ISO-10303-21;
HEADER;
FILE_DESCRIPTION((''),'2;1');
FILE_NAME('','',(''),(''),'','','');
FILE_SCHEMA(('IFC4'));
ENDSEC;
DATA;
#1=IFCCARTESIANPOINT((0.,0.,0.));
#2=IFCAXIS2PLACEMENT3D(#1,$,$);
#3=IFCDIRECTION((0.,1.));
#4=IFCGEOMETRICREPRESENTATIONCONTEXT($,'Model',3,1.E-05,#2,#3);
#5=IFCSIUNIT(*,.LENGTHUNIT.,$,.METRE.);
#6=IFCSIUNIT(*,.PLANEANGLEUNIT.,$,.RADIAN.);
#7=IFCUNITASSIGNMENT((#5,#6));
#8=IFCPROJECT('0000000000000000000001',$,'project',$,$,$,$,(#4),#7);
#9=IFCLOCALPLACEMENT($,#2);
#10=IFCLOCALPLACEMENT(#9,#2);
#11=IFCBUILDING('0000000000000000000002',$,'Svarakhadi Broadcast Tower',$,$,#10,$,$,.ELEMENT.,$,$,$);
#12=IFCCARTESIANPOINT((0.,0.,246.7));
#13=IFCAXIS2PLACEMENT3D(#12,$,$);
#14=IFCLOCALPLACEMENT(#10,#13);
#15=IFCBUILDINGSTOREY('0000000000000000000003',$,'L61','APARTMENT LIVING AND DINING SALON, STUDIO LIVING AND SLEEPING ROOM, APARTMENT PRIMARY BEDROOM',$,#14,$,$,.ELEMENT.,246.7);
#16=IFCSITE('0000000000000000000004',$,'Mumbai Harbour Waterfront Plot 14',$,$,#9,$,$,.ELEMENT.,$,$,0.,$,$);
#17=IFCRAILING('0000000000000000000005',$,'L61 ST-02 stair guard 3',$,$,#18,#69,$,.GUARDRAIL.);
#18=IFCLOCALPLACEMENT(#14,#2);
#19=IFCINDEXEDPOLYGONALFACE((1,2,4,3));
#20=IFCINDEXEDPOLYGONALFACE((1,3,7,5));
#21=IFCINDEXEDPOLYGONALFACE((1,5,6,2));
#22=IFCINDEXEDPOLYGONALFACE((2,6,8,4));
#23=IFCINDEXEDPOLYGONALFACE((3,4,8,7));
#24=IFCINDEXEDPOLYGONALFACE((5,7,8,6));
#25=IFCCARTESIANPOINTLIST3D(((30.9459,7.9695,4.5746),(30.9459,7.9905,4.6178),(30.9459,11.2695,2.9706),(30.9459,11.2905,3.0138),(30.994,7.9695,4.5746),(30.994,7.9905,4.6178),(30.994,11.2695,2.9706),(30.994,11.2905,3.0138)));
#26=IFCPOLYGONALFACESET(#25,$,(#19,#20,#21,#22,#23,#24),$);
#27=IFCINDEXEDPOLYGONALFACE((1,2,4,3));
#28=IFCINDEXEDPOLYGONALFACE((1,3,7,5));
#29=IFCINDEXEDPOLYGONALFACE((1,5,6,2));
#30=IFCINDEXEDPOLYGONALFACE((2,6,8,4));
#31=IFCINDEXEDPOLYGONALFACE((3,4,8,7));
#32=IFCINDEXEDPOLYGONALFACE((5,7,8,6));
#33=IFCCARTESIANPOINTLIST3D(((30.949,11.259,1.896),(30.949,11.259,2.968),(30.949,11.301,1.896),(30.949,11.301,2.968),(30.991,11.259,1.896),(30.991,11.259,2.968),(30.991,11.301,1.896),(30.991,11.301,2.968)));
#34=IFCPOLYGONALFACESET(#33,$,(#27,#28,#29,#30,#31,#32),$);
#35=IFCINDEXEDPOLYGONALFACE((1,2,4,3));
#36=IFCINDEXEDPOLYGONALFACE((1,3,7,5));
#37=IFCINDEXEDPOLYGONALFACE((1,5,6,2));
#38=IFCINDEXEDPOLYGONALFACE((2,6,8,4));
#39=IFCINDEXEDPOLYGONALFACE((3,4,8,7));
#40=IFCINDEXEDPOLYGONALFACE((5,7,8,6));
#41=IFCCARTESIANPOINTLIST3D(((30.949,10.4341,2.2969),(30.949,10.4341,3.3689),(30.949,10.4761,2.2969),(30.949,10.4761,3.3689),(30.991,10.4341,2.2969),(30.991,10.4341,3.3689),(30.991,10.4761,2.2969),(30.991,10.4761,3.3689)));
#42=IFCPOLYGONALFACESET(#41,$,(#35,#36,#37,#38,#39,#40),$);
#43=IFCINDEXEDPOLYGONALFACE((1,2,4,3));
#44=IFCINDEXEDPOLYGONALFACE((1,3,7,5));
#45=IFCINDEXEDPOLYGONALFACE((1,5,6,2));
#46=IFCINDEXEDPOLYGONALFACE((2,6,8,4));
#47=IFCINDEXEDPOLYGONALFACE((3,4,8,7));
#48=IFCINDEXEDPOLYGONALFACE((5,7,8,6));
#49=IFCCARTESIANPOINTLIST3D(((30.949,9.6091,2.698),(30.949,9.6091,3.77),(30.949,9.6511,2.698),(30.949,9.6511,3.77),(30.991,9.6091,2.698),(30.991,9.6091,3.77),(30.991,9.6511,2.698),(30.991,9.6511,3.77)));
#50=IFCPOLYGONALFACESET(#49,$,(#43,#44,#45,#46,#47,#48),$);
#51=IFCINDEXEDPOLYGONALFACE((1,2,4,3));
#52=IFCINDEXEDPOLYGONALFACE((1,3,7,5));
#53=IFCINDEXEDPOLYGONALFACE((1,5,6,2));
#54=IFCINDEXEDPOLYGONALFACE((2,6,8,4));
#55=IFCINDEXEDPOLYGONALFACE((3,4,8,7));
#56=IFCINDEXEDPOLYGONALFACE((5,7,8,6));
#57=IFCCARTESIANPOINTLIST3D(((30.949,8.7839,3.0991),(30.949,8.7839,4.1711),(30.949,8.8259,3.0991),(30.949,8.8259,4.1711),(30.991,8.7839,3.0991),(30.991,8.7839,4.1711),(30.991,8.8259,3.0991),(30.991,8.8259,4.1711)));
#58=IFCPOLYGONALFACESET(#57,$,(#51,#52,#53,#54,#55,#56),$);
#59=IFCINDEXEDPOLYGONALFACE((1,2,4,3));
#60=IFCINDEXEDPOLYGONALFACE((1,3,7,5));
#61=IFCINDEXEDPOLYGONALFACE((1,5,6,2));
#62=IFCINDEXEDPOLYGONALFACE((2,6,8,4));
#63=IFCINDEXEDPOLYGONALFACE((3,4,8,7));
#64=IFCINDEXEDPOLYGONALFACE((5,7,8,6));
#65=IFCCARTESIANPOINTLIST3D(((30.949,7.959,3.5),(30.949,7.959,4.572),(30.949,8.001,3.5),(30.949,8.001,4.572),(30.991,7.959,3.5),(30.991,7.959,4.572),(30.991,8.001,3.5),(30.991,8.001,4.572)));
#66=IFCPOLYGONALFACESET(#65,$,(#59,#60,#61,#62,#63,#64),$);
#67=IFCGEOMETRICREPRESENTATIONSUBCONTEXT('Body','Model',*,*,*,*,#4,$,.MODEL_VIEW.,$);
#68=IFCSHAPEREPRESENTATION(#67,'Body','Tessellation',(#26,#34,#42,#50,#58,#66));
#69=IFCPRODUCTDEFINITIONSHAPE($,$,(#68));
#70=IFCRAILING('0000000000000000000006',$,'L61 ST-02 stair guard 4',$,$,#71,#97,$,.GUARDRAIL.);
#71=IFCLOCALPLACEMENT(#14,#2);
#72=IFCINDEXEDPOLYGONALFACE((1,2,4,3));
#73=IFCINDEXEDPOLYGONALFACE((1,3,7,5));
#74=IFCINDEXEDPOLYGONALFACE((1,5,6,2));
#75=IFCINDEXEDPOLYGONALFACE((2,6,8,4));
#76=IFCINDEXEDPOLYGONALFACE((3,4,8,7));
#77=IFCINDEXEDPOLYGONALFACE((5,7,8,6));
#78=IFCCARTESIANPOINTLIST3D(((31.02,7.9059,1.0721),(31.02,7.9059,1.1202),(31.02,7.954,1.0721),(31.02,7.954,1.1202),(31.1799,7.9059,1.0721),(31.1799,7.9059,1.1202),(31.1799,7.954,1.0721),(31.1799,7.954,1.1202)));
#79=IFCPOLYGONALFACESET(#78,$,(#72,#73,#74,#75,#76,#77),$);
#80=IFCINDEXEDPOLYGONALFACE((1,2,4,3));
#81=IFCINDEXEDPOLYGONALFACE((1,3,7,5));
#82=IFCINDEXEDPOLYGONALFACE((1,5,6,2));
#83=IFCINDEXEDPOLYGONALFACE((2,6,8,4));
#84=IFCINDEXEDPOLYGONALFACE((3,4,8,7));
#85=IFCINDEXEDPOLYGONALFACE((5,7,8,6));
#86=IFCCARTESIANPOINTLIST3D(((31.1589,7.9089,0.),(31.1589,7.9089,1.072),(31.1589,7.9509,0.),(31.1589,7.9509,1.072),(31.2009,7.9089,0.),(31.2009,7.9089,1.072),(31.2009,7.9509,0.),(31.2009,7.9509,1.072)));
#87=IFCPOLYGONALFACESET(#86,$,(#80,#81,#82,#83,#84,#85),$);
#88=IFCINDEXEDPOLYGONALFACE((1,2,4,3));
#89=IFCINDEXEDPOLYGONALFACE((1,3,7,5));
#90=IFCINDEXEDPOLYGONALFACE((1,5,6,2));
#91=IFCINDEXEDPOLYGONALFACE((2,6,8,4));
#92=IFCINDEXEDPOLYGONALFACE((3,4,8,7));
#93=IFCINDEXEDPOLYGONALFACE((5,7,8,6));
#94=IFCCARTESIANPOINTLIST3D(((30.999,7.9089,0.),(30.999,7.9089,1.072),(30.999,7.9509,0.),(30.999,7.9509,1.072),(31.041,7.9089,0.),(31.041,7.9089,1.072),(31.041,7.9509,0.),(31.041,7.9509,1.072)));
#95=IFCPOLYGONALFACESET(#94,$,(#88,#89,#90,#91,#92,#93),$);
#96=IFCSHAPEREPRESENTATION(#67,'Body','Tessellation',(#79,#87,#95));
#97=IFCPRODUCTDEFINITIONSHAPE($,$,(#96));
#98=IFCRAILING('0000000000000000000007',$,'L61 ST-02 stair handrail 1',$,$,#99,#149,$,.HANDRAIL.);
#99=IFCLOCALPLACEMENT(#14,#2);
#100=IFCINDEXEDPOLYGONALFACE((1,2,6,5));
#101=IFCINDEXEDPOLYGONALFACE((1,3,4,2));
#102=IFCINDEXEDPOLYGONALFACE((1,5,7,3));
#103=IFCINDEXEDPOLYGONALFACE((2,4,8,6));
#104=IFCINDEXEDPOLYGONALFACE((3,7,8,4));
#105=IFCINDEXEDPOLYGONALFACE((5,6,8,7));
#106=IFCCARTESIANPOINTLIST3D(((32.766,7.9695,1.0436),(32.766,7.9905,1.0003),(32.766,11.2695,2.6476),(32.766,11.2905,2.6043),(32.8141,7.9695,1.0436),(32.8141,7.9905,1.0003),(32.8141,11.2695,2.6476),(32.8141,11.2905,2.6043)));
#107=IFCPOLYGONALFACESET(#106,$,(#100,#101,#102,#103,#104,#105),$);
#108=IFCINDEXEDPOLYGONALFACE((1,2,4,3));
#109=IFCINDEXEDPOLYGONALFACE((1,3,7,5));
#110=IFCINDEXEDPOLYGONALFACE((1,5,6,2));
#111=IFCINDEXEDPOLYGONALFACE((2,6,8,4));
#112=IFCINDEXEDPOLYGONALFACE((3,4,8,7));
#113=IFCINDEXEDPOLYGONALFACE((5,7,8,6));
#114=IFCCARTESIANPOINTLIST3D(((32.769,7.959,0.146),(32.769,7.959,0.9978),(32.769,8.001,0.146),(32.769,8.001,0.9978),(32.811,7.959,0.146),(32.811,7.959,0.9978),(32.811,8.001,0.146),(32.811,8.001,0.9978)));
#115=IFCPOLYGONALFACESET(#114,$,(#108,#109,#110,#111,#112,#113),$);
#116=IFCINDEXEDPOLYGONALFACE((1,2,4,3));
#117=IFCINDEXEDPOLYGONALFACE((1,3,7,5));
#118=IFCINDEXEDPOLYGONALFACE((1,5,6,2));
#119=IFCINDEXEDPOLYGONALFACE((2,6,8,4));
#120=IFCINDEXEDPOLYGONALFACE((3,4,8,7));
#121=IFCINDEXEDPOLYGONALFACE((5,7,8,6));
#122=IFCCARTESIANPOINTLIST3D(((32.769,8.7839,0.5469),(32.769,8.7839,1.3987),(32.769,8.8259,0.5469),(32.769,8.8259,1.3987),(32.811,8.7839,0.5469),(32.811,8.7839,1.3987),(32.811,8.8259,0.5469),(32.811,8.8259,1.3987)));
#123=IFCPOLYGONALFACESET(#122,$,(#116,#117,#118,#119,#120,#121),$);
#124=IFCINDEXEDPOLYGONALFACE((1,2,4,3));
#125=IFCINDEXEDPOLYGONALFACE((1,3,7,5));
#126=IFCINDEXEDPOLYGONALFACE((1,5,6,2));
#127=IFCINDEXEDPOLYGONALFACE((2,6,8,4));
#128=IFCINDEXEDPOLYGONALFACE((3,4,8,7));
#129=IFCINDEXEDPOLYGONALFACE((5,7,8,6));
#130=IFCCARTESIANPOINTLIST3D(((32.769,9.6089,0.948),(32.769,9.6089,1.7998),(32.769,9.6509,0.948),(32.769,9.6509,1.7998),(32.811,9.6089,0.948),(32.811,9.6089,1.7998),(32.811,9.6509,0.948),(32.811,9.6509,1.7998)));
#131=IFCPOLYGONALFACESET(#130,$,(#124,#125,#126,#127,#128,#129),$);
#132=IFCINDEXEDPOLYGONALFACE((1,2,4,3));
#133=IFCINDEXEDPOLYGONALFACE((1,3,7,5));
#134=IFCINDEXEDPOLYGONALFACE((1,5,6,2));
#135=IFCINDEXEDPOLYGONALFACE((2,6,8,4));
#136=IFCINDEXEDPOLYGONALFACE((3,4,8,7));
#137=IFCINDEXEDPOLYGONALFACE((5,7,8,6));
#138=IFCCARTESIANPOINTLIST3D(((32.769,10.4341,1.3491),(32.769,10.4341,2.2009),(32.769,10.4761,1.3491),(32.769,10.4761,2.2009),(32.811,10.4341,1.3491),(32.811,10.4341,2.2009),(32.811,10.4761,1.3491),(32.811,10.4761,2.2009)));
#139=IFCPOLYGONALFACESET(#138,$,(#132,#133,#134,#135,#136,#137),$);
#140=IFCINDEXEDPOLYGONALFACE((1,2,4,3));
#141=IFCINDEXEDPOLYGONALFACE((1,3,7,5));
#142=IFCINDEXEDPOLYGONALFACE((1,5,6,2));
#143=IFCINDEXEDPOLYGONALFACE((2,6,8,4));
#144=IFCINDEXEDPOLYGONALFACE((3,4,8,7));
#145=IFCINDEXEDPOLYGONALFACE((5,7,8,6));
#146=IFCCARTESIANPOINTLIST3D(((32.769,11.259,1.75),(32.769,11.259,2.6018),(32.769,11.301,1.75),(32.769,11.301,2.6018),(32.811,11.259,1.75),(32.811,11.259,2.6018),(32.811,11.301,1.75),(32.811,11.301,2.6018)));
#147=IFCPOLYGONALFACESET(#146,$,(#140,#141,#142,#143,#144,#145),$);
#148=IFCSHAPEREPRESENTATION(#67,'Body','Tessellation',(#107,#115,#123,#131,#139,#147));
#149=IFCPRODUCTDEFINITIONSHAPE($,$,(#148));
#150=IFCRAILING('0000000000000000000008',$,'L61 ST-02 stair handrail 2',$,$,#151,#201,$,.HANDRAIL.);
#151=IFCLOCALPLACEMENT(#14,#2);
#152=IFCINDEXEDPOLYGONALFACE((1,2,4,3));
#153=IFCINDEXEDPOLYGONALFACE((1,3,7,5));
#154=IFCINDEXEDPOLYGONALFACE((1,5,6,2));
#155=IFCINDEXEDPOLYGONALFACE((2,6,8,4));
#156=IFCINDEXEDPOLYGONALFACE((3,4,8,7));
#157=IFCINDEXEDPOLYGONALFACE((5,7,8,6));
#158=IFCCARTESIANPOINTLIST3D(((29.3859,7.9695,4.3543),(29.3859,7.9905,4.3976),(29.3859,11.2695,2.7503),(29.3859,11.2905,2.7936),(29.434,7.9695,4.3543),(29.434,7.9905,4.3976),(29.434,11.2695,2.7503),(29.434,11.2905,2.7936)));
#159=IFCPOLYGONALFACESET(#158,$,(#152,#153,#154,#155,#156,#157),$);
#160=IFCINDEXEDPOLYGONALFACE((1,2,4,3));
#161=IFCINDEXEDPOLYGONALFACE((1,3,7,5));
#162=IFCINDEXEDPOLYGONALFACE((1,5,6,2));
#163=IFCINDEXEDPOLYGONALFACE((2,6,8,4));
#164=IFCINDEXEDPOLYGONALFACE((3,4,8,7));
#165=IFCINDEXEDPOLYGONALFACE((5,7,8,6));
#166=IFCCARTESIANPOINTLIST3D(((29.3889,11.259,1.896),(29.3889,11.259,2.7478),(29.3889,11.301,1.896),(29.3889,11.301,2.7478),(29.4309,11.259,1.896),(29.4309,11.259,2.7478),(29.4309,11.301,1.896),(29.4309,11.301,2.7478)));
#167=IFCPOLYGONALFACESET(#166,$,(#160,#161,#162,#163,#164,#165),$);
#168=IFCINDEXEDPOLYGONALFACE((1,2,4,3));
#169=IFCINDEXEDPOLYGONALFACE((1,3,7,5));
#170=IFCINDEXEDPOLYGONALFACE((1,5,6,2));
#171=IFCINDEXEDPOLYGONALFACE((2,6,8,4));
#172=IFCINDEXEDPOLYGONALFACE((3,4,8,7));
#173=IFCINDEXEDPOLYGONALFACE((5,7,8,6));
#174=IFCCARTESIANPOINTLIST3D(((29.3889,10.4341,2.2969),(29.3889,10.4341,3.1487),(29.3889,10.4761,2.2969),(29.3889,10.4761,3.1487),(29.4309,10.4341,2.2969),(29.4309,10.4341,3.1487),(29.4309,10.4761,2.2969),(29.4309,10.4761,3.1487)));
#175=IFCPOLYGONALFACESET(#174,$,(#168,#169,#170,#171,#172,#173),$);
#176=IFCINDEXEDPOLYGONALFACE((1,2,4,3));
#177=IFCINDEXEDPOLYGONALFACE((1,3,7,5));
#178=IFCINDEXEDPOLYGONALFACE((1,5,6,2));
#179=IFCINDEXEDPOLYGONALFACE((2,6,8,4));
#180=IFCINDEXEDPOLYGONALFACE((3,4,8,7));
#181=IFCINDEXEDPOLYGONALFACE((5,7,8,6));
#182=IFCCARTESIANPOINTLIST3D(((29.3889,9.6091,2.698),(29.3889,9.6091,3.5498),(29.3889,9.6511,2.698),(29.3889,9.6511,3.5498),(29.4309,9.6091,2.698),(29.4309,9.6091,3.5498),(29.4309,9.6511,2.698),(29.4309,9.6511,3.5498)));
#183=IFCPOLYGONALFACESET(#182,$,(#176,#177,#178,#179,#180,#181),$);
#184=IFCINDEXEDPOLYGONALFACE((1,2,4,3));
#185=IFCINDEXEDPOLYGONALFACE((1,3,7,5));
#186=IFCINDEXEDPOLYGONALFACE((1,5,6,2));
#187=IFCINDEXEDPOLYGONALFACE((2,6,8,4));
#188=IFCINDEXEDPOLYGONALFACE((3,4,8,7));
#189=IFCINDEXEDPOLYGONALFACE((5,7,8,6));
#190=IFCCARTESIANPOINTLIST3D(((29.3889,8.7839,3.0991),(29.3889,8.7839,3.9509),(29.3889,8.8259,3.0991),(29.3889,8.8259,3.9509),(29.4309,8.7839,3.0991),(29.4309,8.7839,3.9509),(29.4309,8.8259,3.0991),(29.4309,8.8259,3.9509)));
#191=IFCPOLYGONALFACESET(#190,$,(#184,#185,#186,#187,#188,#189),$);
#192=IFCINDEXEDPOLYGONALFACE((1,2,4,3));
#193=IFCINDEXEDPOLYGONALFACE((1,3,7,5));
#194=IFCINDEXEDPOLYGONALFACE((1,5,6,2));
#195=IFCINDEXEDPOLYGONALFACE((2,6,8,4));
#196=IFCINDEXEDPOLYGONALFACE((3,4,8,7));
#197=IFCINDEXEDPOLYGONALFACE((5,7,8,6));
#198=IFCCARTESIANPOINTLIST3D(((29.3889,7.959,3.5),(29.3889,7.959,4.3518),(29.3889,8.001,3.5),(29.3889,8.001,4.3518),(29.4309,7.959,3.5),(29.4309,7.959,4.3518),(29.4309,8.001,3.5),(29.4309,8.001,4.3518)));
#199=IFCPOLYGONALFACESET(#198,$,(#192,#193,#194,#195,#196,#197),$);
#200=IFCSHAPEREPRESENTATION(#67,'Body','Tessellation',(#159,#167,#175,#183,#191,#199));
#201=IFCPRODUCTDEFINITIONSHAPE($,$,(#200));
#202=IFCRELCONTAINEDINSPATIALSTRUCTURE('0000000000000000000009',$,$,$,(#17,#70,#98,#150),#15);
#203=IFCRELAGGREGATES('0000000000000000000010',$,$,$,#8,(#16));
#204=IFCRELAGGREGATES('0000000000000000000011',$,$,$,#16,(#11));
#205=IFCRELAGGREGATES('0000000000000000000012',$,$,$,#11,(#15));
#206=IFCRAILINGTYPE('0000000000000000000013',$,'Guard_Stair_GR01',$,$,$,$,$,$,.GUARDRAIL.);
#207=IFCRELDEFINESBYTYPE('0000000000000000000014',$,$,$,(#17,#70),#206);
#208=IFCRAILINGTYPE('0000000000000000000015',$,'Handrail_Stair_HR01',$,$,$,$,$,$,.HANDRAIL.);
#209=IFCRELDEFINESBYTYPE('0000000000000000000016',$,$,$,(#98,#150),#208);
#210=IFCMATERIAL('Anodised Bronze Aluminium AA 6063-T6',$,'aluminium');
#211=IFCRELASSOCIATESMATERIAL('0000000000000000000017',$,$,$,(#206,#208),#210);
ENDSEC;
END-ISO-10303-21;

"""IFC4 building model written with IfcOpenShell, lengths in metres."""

from ifc_helpers import new_model, si_unit, direction, frame, origin, origin_2d, place, context, subcontext, project, spatial, rectangle, extrude, material, type_object, element, save


model = new_model("IFC4")

# Units and contexts
model_context = context("Model", 3, precision=1e-05, world=origin(), true_north=direction((0.0, 1.0)))
body_context = subcontext(model_context, "Body", "Model", "MODEL_VIEW")
ifc_project = project(units=[si_unit("LENGTHUNIT", "METRE"), si_unit("PLANEANGLEUNIT", "RADIAN")], contexts=[model_context])

# Site, building, storey
site_placement = place(None, origin())
site = spatial("IfcSite", under=ifc_project, at=site_placement, Name="Mumbai Harbour Waterfront Plot 14", CompositionType="ELEMENT", RefElevation=0.0)
building_placement = place(site_placement, origin())
building = spatial("IfcBuilding", under=site, at=building_placement, Name="Svarakhadi Broadcast Tower", CompositionType="ELEMENT")
storey_placement = place(building_placement, frame((0.0, 0.0, 246.7)))
storey = spatial("IfcBuildingStorey", under=building, at=storey_placement, Name="L61", Description="APARTMENT LIVING AND DINING SALON, STUDIO LIVING AND SLEEPING ROOM, APARTMENT PRIMARY BEDROOM", CompositionType="ELEMENT", Elevation=246.7)

# Shared definitions
ifc_material_1 = material(Name="Anodised Bronze Aluminium AA 6063-T6", Category="aluminium")

# Railings
railing_type_1 = type_object("IfcRailingType", Name="Guard_Stair_GR01", PredefinedType="GUARDRAIL", material=ifc_material_1)
railing_1_placement = place(storey_placement, frame((30.97, 11.28, 1.896)))
element("IfcRailing", 1, at=railing_1_placement, inside=storey, type_object=railing_type_1, Name="L61 ST-02 stair guard 3", PredefinedType="GUARDRAIL", context=body_context, shape_type="SweptSolid", body=[
    extrude(rectangle(XDim=0.0481, YDim=0.0481, at=origin_2d()), frame((0.0, 0.0, 1.0962), z_axis=(0.0, -0.899388, 0.437152), x_axis=(1.0, 0.0, 0.0)), (0.0, 0.0, 1.0), 3.6692),
    extrude(rectangle(XDim=0.042, YDim=0.042, at=origin_2d()), origin(), (0.0, 0.0, 1.0), 1.072),
    extrude(rectangle(XDim=0.042, YDim=0.042, at=origin_2d()), frame((0.0, -0.825, 0.4009)), (0.0, 0.0, 1.0), 1.072),
    extrude(rectangle(XDim=0.042, YDim=0.042, at=origin_2d()), frame((0.0, -1.6499, 0.802)), (0.0, 0.0, 1.0), 1.072),
    extrude(rectangle(XDim=0.042, YDim=0.042, at=origin_2d()), frame((0.0, -2.4751, 1.2031)), (0.0, 0.0, 1.0), 1.072),
    extrude(rectangle(XDim=0.042, YDim=0.042, at=origin_2d()), frame((0.0, -3.3, 1.604)), (0.0, 0.0, 1.0), 1.072),
])
railing_2_placement = place(storey_placement, frame((31.1799, 7.9299, 0.0)))
element("IfcRailing", 2, at=railing_2_placement, inside=storey, type_object=railing_type_1, Name="L61 ST-02 stair guard 4", PredefinedType="GUARDRAIL", context=body_context, shape_type="SweptSolid", body=[
    extrude(rectangle(XDim=0.0481, YDim=0.0481, at=origin_2d()), frame((0.0, 0.0, 1.0962), z_axis=(-1.0, 0.0, 0.0), x_axis=(0.0, -1.0, 0.0)), (0.0, 0.0, 1.0), 0.1599),
    extrude(rectangle(XDim=0.042, YDim=0.042, at=origin_2d()), origin(), (0.0, 0.0, 1.0), 1.072),
    extrude(rectangle(XDim=0.042, YDim=0.042, at=origin_2d()), frame((-0.1599, 0.0, 0.0)), (0.0, 0.0, 1.0), 1.072),
])
railing_type_2 = type_object("IfcRailingType", Name="Handrail_Stair_HR01", PredefinedType="HANDRAIL", material=ifc_material_1)
railing_3_placement = place(storey_placement, frame((32.79, 7.98, 0.146)))
element("IfcRailing", 3, at=railing_3_placement, inside=storey, type_object=railing_type_2, Name="L61 ST-02 stair handrail 1", PredefinedType="HANDRAIL", context=body_context, shape_type="SweptSolid", body=[
    extrude(rectangle(XDim=0.0481, YDim=0.0481, at=origin_2d()), frame((0.0, 0.0, 0.876), z_axis=(0.0, 0.899388, 0.437152), x_axis=(-1.0, 0.0, 0.0)), (0.0, 0.0, 1.0), 3.6692),
    extrude(rectangle(XDim=0.042, YDim=0.042, at=origin_2d()), origin(), (0.0, 0.0, 1.0), 0.8518),
    extrude(rectangle(XDim=0.042, YDim=0.042, at=origin_2d()), frame((0.0, 0.825, 0.4009)), (0.0, 0.0, 1.0), 0.8518),
    extrude(rectangle(XDim=0.042, YDim=0.042, at=origin_2d()), frame((0.0, 1.6499, 0.802)), (0.0, 0.0, 1.0), 0.8518),
    extrude(rectangle(XDim=0.042, YDim=0.042, at=origin_2d()), frame((0.0, 2.4751, 1.2031)), (0.0, 0.0, 1.0), 0.8518),
    extrude(rectangle(XDim=0.042, YDim=0.042, at=origin_2d()), frame((0.0, 3.3, 1.604)), (0.0, 0.0, 1.0), 0.8518),
])
railing_4_placement = place(storey_placement, frame((29.4099, 11.28, 1.896)))
element("IfcRailing", 4, at=railing_4_placement, inside=storey, type_object=railing_type_2, Name="L61 ST-02 stair handrail 2", PredefinedType="HANDRAIL", context=body_context, shape_type="SweptSolid", body=[
    extrude(rectangle(XDim=0.0481, YDim=0.0481, at=origin_2d()), frame((0.0, 0.0, 0.876), z_axis=(0.0, -0.899388, 0.437152), x_axis=(1.0, 0.0, 0.0)), (0.0, 0.0, 1.0), 3.6692),
    extrude(rectangle(XDim=0.042, YDim=0.042, at=origin_2d()), origin(), (0.0, 0.0, 1.0), 0.8518),
    extrude(rectangle(XDim=0.042, YDim=0.042, at=origin_2d()), frame((0.0, -0.825, 0.4009)), (0.0, 0.0, 1.0), 0.8518),
    extrude(rectangle(XDim=0.042, YDim=0.042, at=origin_2d()), frame((0.0, -1.6499, 0.802)), (0.0, 0.0, 1.0), 0.8518),
    extrude(rectangle(XDim=0.042, YDim=0.042, at=origin_2d()), frame((0.0, -2.4751, 1.2031)), (0.0, 0.0, 1.0), 0.8518),
    extrude(rectangle(XDim=0.042, YDim=0.042, at=origin_2d()), frame((0.0, -3.3, 1.604)), (0.0, 0.0, 1.0), 0.8518),
])

save(model, "model.ifc")
